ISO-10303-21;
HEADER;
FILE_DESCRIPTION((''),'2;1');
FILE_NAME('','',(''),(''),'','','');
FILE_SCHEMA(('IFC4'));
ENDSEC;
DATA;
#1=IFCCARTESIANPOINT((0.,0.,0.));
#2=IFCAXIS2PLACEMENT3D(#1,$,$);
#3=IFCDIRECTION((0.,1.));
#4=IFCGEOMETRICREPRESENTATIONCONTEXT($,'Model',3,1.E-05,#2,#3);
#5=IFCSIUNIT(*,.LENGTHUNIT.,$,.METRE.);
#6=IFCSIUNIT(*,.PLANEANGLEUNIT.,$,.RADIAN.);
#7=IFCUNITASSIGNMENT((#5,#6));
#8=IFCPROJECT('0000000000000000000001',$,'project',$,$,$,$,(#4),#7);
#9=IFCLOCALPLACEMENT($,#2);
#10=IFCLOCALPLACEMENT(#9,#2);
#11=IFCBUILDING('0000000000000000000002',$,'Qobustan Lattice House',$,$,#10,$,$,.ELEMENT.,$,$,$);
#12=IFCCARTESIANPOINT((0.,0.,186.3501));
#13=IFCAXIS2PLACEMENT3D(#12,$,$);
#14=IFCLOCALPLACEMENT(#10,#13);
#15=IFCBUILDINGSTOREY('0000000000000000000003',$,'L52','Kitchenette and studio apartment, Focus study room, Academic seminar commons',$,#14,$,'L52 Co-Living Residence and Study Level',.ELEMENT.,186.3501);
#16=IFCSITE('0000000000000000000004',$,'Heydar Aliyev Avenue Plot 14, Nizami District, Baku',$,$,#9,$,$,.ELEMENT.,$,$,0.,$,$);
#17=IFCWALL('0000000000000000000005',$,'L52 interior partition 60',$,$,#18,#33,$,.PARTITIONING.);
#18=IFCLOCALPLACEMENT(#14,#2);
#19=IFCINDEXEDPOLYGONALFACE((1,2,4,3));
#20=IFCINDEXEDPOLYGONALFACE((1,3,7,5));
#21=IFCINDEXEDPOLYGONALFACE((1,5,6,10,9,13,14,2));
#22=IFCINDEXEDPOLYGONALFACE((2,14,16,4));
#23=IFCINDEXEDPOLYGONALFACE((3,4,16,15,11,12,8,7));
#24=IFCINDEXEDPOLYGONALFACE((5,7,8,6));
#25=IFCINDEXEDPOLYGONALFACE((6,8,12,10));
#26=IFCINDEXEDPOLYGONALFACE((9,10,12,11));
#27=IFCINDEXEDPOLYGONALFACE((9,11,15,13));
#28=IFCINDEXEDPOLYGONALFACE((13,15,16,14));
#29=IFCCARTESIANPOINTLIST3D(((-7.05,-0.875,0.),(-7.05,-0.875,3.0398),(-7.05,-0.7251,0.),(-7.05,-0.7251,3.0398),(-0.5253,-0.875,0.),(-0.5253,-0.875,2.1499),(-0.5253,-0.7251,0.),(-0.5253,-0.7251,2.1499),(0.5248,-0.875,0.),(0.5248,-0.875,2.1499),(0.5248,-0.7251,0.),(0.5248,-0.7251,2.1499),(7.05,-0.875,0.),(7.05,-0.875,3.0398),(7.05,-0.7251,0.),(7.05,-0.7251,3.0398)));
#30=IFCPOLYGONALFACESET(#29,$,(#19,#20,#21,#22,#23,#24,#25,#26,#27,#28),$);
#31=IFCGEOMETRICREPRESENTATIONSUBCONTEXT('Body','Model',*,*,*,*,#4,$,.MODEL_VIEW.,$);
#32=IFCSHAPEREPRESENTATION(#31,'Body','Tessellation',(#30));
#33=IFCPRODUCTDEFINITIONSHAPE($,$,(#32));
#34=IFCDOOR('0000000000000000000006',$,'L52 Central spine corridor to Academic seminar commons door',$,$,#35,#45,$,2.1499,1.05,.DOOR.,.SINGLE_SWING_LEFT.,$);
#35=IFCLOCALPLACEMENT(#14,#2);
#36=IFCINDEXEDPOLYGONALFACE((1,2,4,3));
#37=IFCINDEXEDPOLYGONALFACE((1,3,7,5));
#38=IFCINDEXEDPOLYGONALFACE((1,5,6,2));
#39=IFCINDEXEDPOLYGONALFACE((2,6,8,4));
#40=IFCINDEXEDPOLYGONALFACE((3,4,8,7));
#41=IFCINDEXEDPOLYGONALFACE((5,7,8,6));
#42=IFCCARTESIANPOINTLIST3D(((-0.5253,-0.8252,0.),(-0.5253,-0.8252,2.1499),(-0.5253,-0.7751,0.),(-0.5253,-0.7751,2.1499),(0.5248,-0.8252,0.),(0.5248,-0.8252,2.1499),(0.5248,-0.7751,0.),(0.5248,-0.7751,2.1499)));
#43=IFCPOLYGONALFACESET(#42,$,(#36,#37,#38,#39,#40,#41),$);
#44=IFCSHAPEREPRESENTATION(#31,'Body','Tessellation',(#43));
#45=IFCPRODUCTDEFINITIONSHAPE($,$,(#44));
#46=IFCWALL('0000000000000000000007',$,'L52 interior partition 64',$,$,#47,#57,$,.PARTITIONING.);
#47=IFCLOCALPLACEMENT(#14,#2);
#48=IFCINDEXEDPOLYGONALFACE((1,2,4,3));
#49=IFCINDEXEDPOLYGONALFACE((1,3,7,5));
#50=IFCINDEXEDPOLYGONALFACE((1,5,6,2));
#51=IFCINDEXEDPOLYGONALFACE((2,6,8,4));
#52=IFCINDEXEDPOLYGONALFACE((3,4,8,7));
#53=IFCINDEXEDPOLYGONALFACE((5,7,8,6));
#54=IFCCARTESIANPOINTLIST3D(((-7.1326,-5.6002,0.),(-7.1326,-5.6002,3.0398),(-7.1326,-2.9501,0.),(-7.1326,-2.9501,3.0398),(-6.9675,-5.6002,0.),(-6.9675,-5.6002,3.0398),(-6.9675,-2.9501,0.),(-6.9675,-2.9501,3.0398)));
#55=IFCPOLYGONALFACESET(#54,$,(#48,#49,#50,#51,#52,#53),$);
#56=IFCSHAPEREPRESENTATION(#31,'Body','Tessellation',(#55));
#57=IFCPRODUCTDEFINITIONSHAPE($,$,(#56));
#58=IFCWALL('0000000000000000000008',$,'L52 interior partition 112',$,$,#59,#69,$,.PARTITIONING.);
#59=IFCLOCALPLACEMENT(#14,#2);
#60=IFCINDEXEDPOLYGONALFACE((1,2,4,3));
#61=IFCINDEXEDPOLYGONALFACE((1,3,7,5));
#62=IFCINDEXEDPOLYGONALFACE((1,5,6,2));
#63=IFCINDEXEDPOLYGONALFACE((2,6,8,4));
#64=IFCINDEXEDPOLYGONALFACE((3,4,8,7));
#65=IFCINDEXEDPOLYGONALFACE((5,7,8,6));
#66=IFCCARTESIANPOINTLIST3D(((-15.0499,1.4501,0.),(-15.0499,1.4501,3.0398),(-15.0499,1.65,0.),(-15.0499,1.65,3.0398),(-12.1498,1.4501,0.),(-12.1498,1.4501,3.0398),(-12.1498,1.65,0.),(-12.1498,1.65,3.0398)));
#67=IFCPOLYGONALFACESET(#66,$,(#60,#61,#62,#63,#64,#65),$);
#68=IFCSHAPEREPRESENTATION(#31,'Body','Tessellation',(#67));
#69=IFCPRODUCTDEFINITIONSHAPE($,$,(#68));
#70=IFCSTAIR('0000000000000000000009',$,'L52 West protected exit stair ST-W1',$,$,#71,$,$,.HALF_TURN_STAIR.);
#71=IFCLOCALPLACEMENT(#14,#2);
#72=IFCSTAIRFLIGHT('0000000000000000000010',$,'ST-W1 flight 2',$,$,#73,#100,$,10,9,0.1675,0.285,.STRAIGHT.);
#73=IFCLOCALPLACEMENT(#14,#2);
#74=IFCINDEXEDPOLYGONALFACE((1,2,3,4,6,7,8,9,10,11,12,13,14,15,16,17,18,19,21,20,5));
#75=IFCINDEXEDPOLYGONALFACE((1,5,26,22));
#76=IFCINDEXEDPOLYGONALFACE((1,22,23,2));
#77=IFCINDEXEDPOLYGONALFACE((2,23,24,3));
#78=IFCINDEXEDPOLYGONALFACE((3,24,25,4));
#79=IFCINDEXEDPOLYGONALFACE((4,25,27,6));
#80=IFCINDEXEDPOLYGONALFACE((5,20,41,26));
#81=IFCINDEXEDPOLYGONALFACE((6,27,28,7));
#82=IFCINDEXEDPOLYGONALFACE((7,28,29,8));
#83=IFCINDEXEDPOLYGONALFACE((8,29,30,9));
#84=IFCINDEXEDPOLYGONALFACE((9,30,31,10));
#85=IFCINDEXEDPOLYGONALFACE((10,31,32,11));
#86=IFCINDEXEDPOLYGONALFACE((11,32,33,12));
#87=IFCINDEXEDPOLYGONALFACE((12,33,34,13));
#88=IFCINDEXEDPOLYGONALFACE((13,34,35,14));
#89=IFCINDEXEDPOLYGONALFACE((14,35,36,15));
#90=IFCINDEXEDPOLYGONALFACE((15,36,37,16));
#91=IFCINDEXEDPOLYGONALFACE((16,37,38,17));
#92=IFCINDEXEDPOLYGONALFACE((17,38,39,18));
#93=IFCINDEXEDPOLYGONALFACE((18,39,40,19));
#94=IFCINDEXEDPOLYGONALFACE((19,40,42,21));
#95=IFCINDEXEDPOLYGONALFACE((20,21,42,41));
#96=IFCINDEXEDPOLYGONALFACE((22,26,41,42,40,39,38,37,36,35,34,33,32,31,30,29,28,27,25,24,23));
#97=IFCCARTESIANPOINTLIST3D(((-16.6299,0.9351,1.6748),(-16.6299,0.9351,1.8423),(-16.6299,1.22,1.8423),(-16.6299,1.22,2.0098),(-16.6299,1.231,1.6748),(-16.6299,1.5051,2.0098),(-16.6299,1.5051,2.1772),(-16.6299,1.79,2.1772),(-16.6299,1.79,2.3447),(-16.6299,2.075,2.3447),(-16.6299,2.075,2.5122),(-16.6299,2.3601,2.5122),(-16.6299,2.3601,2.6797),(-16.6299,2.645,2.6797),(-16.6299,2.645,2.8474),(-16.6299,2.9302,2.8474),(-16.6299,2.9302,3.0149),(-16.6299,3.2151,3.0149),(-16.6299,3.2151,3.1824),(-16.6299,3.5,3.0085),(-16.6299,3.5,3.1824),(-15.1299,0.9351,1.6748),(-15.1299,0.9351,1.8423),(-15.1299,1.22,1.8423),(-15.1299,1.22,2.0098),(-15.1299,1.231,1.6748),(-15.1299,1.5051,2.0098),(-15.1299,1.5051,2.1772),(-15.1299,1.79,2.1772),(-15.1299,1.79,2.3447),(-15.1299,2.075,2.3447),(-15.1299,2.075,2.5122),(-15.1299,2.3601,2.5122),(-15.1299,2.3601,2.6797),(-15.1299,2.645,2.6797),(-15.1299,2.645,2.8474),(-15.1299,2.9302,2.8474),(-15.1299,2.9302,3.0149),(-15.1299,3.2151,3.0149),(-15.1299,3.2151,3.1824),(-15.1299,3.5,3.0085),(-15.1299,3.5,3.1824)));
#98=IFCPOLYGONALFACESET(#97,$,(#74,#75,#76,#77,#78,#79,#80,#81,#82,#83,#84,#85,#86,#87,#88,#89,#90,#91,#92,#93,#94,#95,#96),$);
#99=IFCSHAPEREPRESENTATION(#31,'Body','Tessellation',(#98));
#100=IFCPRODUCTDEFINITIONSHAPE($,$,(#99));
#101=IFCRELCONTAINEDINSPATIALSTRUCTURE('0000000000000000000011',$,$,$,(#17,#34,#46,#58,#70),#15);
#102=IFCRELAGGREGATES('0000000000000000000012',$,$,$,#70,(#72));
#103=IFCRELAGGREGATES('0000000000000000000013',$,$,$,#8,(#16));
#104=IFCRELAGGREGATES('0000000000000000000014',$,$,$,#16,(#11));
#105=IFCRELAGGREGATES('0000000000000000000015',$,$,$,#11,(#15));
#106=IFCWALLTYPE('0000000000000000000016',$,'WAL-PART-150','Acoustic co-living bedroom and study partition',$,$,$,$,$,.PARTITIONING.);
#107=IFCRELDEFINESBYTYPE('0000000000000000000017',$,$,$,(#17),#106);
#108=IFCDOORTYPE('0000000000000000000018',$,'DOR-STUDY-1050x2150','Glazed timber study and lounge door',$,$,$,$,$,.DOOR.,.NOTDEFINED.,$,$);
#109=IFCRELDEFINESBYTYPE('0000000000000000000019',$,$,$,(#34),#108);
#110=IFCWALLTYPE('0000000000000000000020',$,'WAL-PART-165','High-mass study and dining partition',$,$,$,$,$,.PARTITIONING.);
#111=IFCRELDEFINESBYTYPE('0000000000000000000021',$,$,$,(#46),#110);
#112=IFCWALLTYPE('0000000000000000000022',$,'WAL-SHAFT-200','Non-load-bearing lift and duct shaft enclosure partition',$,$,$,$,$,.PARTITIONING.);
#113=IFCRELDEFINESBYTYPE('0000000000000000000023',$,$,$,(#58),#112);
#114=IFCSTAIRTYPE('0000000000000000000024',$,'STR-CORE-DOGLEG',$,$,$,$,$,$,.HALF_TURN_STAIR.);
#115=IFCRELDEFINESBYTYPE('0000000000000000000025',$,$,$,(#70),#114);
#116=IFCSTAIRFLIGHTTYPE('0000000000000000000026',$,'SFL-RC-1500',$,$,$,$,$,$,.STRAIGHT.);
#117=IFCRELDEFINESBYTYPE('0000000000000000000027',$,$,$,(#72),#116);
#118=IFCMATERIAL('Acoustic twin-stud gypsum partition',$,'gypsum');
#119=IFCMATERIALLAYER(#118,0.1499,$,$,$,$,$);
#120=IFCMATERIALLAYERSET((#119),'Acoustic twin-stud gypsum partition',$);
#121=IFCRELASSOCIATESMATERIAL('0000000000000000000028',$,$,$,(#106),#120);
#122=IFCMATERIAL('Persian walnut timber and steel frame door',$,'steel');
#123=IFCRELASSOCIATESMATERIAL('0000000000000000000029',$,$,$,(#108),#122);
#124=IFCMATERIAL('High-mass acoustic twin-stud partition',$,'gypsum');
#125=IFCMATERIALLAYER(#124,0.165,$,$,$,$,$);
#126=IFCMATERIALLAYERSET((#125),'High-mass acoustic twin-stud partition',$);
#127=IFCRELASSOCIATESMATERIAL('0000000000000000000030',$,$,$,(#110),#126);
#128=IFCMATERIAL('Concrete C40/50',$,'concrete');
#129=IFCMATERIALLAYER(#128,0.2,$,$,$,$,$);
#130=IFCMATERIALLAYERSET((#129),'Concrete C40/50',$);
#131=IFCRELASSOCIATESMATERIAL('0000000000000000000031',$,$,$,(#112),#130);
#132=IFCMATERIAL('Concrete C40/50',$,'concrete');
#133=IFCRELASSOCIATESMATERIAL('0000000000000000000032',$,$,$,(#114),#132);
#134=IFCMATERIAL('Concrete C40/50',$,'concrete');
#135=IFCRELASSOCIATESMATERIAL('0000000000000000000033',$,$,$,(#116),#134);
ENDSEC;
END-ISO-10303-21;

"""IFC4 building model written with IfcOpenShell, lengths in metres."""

from ifc_helpers import new_model, si_unit, direction, frame, frame_2d, origin, place, context, subcontext, project, spatial, polyline, rectangle, outline, extrude, material, layer, layer_set, type_object, element, fill, aggregate, save


model = new_model("IFC4")

# Units and contexts
model_context = context("Model", 3, precision=1e-05, world=origin(), true_north=direction((0.0, 1.0)))
body_context = subcontext(model_context, "Body", "Model", "MODEL_VIEW")
ifc_project = project(units=[si_unit("LENGTHUNIT", "METRE"), si_unit("PLANEANGLEUNIT", "RADIAN")], contexts=[model_context])

# Site, building, storey
site_placement = place(None, origin())
site = spatial("IfcSite", under=ifc_project, at=site_placement, Name="Heydar Aliyev Avenue Plot 14, Nizami District, Baku", CompositionType="ELEMENT", RefElevation=0.0)
building_placement = place(site_placement, origin())
building = spatial("IfcBuilding", under=site, at=building_placement, Name="Qobustan Lattice House", CompositionType="ELEMENT")
storey_placement = place(building_placement, frame((0.0, 0.0, 186.3501)))
storey = spatial("IfcBuildingStorey", under=building, at=storey_placement, Name="L52", Description="Kitchenette and studio apartment, Focus study room, Academic seminar commons", LongName="L52 Co-Living Residence and Study Level", CompositionType="ELEMENT", Elevation=186.3501)

# Wall, opening, door
ifc_material_1 = material(Name="Acoustic twin-stud gypsum partition", Category="gypsum")
ifc_layer_1 = layer(ifc_material_1, 0.1499)
ifc_layer_set_1 = layer_set([ifc_layer_1], Name="Acoustic twin-stud gypsum partition")
wall_type_1 = type_object("IfcWallType", Name="WAL-PART-150", Description="Acoustic co-living bedroom and study partition", PredefinedType="PARTITIONING", material=ifc_layer_set_1)
wall_1_placement = place(storey_placement, frame((-7.05, -0.8, 0.0), z_axis=(0.0, 0.0, 1.0), x_axis=(1.0, 0.0, 0.0)))
wall_1 = element("IfcWall", 1, at=wall_1_placement, inside=storey, type_object=wall_type_1, Name="L52 interior partition 60", PredefinedType="PARTITIONING", context=body_context, shape_type="SweptSolid", body=[
    extrude(rectangle(XDim=14.1001, YDim=0.1499, at=frame_2d((7.05, 0.0))), origin(), (0.0, 0.0, 1.0), 3.0398),
])
opening_1_placement = place(wall_1_placement, frame((6.5249, 0.0, 0.0)))
opening_1 = element("IfcOpeningElement", 2, at=opening_1_placement, cuts=wall_1, PredefinedType="OPENING", context=body_context, shape_type="SweptSolid", body=[
    extrude(rectangle(XDim=1.05, YDim=2.1499, at=frame_2d((0.5249, 1.075))), frame((0.0, 0.085, 0.0), z_axis=(0.0, -1.0, 0.0), x_axis=(1.0, 0.0, 0.0)), (0.0, 0.0, 1.0), 0.1699),
])
ifc_material_2 = material(Name="Persian walnut timber and steel frame door", Category="steel")
door_type_1 = type_object("IfcDoorType", Name="DOR-STUDY-1050x2150", Description="Glazed timber study and lounge door", OperationType="NOTDEFINED", PredefinedType="DOOR", material=ifc_material_2)
door_1_placement = place(opening_1_placement, origin())
door_1 = element("IfcDoor", 3, at=door_1_placement, inside=storey, type_object=door_type_1, Name="L52 Central spine corridor to Academic seminar commons door", OperationType="SINGLE_SWING_LEFT", OverallHeight=2.1499, OverallWidth=1.05, PredefinedType="DOOR", context=body_context, shape_type="SweptSolid", body=[
    extrude(rectangle(XDim=1.05, YDim=2.1499, at=frame_2d((0.5249, 1.075))), frame((0.0, 0.0249, 0.0), z_axis=(0.0, -1.0, 0.0), x_axis=(1.0, 0.0, 0.0)), (0.0, 0.0, 1.0), 0.05),
])
fill(opening_1, door_1)
ifc_material_3 = material(Name="High-mass acoustic twin-stud partition", Category="gypsum")
ifc_layer_2 = layer(ifc_material_3, 0.165)
ifc_layer_set_2 = layer_set([ifc_layer_2], Name="High-mass acoustic twin-stud partition")
wall_type_2 = type_object("IfcWallType", Name="WAL-PART-165", Description="High-mass study and dining partition", PredefinedType="PARTITIONING", material=ifc_layer_set_2)

# Walls
wall_2_placement = place(storey_placement, frame((-7.05, -2.95, 0.0), z_axis=(0.0, 0.0, 1.0), x_axis=(0.0, -1.0, 0.0)))
element("IfcWall", 4, at=wall_2_placement, inside=storey, type_object=wall_type_2, Name="L52 interior partition 64", PredefinedType="PARTITIONING", context=body_context, shape_type="SweptSolid", body=[
    extrude(rectangle(XDim=2.6501, YDim=0.165, at=frame_2d((1.3252, 0.0))), origin(), (0.0, 0.0, 1.0), 3.0398),
])
ifc_material_4 = material(Name="Concrete C40/50", Category="concrete")
ifc_layer_3 = layer(ifc_material_4, 0.2)
ifc_layer_set_3 = layer_set([ifc_layer_3], Name="Concrete C40/50")
wall_type_3 = type_object("IfcWallType", Name="WAL-SHAFT-200", Description="Non-load-bearing lift and duct shaft enclosure partition", PredefinedType="PARTITIONING", material=ifc_layer_set_3)
wall_3_placement = place(storey_placement, frame((-15.05, 1.55, 0.0), z_axis=(0.0, 0.0, 1.0), x_axis=(1.0, 0.0, 0.0)))
element("IfcWall", 5, at=wall_3_placement, inside=storey, type_object=wall_type_3, Name="L52 interior partition 112", PredefinedType="PARTITIONING", context=body_context, shape_type="SweptSolid", body=[
    extrude(rectangle(XDim=2.9001, YDim=0.2, at=frame_2d((1.4502, 0.0))), origin(), (0.0, 0.0, 1.0), 3.0398),
])

# Stair, stair flight
ifc_material_5 = material(Name="Concrete C40/50", Category="concrete")
stair_type = type_object("IfcStairType", Name="STR-CORE-DOGLEG", PredefinedType="HALF_TURN_STAIR", material=ifc_material_5)
stair_placement = place(storey_placement, origin())
stair = element("IfcStair", 6, at=stair_placement, inside=storey, type_object=stair_type, Name="L52 West protected exit stair ST-W1", PredefinedType="HALF_TURN_STAIR")
ifc_material_6 = material(Name="Concrete C40/50", Category="concrete")
stair_flight_type = type_object("IfcStairFlightType", Name="SFL-RC-1500", PredefinedType="STRAIGHT", material=ifc_material_6)
stair_flight_placement = place(storey_placement, frame((-15.8799, 0.9351, 1.6748), z_axis=(0.0, 0.0, 1.0), x_axis=(0.0, 1.0, 0.0)))
stair_flight = element("IfcStairFlight", 7, at=stair_flight_placement, type_object=stair_flight_type, Name="ST-W1 flight 2", NumberOfRisers=10, NumberOfTreads=9, PredefinedType="STRAIGHT", RiserHeight=0.1675, TreadLength=0.285, context=body_context, shape_type="SweptSolid", body=[
    extrude(outline(polyline([(0.0, 0.0), (0.0, 0.1675), (0.2849, 0.1675), (0.2849, 0.335), (0.5701, 0.335), (0.5701, 0.5024), (0.855, 0.5024), (0.855, 0.6699), (1.1399, 0.6699), (1.1399, 0.8374), (1.425, 0.8374), (1.425, 1.0049), (1.71, 1.0049), (1.71, 1.1726), (1.9951, 1.1726), (1.9951, 1.3401), (2.28, 1.3401), (2.28, 1.5076), (2.5649, 1.5076), (2.5649, 1.675), (2.5649, 1.3337), (0.2959, 0.0), (0.0, 0.0)])), frame((0.0, 0.75, 0.0), z_axis=(0.0, -1.0, 0.0), x_axis=(1.0, 0.0, 0.0)), (0.0, 0.0, 1.0), 1.5),
])
aggregate(stair, [stair_flight])

save(model, "model.ifc")
